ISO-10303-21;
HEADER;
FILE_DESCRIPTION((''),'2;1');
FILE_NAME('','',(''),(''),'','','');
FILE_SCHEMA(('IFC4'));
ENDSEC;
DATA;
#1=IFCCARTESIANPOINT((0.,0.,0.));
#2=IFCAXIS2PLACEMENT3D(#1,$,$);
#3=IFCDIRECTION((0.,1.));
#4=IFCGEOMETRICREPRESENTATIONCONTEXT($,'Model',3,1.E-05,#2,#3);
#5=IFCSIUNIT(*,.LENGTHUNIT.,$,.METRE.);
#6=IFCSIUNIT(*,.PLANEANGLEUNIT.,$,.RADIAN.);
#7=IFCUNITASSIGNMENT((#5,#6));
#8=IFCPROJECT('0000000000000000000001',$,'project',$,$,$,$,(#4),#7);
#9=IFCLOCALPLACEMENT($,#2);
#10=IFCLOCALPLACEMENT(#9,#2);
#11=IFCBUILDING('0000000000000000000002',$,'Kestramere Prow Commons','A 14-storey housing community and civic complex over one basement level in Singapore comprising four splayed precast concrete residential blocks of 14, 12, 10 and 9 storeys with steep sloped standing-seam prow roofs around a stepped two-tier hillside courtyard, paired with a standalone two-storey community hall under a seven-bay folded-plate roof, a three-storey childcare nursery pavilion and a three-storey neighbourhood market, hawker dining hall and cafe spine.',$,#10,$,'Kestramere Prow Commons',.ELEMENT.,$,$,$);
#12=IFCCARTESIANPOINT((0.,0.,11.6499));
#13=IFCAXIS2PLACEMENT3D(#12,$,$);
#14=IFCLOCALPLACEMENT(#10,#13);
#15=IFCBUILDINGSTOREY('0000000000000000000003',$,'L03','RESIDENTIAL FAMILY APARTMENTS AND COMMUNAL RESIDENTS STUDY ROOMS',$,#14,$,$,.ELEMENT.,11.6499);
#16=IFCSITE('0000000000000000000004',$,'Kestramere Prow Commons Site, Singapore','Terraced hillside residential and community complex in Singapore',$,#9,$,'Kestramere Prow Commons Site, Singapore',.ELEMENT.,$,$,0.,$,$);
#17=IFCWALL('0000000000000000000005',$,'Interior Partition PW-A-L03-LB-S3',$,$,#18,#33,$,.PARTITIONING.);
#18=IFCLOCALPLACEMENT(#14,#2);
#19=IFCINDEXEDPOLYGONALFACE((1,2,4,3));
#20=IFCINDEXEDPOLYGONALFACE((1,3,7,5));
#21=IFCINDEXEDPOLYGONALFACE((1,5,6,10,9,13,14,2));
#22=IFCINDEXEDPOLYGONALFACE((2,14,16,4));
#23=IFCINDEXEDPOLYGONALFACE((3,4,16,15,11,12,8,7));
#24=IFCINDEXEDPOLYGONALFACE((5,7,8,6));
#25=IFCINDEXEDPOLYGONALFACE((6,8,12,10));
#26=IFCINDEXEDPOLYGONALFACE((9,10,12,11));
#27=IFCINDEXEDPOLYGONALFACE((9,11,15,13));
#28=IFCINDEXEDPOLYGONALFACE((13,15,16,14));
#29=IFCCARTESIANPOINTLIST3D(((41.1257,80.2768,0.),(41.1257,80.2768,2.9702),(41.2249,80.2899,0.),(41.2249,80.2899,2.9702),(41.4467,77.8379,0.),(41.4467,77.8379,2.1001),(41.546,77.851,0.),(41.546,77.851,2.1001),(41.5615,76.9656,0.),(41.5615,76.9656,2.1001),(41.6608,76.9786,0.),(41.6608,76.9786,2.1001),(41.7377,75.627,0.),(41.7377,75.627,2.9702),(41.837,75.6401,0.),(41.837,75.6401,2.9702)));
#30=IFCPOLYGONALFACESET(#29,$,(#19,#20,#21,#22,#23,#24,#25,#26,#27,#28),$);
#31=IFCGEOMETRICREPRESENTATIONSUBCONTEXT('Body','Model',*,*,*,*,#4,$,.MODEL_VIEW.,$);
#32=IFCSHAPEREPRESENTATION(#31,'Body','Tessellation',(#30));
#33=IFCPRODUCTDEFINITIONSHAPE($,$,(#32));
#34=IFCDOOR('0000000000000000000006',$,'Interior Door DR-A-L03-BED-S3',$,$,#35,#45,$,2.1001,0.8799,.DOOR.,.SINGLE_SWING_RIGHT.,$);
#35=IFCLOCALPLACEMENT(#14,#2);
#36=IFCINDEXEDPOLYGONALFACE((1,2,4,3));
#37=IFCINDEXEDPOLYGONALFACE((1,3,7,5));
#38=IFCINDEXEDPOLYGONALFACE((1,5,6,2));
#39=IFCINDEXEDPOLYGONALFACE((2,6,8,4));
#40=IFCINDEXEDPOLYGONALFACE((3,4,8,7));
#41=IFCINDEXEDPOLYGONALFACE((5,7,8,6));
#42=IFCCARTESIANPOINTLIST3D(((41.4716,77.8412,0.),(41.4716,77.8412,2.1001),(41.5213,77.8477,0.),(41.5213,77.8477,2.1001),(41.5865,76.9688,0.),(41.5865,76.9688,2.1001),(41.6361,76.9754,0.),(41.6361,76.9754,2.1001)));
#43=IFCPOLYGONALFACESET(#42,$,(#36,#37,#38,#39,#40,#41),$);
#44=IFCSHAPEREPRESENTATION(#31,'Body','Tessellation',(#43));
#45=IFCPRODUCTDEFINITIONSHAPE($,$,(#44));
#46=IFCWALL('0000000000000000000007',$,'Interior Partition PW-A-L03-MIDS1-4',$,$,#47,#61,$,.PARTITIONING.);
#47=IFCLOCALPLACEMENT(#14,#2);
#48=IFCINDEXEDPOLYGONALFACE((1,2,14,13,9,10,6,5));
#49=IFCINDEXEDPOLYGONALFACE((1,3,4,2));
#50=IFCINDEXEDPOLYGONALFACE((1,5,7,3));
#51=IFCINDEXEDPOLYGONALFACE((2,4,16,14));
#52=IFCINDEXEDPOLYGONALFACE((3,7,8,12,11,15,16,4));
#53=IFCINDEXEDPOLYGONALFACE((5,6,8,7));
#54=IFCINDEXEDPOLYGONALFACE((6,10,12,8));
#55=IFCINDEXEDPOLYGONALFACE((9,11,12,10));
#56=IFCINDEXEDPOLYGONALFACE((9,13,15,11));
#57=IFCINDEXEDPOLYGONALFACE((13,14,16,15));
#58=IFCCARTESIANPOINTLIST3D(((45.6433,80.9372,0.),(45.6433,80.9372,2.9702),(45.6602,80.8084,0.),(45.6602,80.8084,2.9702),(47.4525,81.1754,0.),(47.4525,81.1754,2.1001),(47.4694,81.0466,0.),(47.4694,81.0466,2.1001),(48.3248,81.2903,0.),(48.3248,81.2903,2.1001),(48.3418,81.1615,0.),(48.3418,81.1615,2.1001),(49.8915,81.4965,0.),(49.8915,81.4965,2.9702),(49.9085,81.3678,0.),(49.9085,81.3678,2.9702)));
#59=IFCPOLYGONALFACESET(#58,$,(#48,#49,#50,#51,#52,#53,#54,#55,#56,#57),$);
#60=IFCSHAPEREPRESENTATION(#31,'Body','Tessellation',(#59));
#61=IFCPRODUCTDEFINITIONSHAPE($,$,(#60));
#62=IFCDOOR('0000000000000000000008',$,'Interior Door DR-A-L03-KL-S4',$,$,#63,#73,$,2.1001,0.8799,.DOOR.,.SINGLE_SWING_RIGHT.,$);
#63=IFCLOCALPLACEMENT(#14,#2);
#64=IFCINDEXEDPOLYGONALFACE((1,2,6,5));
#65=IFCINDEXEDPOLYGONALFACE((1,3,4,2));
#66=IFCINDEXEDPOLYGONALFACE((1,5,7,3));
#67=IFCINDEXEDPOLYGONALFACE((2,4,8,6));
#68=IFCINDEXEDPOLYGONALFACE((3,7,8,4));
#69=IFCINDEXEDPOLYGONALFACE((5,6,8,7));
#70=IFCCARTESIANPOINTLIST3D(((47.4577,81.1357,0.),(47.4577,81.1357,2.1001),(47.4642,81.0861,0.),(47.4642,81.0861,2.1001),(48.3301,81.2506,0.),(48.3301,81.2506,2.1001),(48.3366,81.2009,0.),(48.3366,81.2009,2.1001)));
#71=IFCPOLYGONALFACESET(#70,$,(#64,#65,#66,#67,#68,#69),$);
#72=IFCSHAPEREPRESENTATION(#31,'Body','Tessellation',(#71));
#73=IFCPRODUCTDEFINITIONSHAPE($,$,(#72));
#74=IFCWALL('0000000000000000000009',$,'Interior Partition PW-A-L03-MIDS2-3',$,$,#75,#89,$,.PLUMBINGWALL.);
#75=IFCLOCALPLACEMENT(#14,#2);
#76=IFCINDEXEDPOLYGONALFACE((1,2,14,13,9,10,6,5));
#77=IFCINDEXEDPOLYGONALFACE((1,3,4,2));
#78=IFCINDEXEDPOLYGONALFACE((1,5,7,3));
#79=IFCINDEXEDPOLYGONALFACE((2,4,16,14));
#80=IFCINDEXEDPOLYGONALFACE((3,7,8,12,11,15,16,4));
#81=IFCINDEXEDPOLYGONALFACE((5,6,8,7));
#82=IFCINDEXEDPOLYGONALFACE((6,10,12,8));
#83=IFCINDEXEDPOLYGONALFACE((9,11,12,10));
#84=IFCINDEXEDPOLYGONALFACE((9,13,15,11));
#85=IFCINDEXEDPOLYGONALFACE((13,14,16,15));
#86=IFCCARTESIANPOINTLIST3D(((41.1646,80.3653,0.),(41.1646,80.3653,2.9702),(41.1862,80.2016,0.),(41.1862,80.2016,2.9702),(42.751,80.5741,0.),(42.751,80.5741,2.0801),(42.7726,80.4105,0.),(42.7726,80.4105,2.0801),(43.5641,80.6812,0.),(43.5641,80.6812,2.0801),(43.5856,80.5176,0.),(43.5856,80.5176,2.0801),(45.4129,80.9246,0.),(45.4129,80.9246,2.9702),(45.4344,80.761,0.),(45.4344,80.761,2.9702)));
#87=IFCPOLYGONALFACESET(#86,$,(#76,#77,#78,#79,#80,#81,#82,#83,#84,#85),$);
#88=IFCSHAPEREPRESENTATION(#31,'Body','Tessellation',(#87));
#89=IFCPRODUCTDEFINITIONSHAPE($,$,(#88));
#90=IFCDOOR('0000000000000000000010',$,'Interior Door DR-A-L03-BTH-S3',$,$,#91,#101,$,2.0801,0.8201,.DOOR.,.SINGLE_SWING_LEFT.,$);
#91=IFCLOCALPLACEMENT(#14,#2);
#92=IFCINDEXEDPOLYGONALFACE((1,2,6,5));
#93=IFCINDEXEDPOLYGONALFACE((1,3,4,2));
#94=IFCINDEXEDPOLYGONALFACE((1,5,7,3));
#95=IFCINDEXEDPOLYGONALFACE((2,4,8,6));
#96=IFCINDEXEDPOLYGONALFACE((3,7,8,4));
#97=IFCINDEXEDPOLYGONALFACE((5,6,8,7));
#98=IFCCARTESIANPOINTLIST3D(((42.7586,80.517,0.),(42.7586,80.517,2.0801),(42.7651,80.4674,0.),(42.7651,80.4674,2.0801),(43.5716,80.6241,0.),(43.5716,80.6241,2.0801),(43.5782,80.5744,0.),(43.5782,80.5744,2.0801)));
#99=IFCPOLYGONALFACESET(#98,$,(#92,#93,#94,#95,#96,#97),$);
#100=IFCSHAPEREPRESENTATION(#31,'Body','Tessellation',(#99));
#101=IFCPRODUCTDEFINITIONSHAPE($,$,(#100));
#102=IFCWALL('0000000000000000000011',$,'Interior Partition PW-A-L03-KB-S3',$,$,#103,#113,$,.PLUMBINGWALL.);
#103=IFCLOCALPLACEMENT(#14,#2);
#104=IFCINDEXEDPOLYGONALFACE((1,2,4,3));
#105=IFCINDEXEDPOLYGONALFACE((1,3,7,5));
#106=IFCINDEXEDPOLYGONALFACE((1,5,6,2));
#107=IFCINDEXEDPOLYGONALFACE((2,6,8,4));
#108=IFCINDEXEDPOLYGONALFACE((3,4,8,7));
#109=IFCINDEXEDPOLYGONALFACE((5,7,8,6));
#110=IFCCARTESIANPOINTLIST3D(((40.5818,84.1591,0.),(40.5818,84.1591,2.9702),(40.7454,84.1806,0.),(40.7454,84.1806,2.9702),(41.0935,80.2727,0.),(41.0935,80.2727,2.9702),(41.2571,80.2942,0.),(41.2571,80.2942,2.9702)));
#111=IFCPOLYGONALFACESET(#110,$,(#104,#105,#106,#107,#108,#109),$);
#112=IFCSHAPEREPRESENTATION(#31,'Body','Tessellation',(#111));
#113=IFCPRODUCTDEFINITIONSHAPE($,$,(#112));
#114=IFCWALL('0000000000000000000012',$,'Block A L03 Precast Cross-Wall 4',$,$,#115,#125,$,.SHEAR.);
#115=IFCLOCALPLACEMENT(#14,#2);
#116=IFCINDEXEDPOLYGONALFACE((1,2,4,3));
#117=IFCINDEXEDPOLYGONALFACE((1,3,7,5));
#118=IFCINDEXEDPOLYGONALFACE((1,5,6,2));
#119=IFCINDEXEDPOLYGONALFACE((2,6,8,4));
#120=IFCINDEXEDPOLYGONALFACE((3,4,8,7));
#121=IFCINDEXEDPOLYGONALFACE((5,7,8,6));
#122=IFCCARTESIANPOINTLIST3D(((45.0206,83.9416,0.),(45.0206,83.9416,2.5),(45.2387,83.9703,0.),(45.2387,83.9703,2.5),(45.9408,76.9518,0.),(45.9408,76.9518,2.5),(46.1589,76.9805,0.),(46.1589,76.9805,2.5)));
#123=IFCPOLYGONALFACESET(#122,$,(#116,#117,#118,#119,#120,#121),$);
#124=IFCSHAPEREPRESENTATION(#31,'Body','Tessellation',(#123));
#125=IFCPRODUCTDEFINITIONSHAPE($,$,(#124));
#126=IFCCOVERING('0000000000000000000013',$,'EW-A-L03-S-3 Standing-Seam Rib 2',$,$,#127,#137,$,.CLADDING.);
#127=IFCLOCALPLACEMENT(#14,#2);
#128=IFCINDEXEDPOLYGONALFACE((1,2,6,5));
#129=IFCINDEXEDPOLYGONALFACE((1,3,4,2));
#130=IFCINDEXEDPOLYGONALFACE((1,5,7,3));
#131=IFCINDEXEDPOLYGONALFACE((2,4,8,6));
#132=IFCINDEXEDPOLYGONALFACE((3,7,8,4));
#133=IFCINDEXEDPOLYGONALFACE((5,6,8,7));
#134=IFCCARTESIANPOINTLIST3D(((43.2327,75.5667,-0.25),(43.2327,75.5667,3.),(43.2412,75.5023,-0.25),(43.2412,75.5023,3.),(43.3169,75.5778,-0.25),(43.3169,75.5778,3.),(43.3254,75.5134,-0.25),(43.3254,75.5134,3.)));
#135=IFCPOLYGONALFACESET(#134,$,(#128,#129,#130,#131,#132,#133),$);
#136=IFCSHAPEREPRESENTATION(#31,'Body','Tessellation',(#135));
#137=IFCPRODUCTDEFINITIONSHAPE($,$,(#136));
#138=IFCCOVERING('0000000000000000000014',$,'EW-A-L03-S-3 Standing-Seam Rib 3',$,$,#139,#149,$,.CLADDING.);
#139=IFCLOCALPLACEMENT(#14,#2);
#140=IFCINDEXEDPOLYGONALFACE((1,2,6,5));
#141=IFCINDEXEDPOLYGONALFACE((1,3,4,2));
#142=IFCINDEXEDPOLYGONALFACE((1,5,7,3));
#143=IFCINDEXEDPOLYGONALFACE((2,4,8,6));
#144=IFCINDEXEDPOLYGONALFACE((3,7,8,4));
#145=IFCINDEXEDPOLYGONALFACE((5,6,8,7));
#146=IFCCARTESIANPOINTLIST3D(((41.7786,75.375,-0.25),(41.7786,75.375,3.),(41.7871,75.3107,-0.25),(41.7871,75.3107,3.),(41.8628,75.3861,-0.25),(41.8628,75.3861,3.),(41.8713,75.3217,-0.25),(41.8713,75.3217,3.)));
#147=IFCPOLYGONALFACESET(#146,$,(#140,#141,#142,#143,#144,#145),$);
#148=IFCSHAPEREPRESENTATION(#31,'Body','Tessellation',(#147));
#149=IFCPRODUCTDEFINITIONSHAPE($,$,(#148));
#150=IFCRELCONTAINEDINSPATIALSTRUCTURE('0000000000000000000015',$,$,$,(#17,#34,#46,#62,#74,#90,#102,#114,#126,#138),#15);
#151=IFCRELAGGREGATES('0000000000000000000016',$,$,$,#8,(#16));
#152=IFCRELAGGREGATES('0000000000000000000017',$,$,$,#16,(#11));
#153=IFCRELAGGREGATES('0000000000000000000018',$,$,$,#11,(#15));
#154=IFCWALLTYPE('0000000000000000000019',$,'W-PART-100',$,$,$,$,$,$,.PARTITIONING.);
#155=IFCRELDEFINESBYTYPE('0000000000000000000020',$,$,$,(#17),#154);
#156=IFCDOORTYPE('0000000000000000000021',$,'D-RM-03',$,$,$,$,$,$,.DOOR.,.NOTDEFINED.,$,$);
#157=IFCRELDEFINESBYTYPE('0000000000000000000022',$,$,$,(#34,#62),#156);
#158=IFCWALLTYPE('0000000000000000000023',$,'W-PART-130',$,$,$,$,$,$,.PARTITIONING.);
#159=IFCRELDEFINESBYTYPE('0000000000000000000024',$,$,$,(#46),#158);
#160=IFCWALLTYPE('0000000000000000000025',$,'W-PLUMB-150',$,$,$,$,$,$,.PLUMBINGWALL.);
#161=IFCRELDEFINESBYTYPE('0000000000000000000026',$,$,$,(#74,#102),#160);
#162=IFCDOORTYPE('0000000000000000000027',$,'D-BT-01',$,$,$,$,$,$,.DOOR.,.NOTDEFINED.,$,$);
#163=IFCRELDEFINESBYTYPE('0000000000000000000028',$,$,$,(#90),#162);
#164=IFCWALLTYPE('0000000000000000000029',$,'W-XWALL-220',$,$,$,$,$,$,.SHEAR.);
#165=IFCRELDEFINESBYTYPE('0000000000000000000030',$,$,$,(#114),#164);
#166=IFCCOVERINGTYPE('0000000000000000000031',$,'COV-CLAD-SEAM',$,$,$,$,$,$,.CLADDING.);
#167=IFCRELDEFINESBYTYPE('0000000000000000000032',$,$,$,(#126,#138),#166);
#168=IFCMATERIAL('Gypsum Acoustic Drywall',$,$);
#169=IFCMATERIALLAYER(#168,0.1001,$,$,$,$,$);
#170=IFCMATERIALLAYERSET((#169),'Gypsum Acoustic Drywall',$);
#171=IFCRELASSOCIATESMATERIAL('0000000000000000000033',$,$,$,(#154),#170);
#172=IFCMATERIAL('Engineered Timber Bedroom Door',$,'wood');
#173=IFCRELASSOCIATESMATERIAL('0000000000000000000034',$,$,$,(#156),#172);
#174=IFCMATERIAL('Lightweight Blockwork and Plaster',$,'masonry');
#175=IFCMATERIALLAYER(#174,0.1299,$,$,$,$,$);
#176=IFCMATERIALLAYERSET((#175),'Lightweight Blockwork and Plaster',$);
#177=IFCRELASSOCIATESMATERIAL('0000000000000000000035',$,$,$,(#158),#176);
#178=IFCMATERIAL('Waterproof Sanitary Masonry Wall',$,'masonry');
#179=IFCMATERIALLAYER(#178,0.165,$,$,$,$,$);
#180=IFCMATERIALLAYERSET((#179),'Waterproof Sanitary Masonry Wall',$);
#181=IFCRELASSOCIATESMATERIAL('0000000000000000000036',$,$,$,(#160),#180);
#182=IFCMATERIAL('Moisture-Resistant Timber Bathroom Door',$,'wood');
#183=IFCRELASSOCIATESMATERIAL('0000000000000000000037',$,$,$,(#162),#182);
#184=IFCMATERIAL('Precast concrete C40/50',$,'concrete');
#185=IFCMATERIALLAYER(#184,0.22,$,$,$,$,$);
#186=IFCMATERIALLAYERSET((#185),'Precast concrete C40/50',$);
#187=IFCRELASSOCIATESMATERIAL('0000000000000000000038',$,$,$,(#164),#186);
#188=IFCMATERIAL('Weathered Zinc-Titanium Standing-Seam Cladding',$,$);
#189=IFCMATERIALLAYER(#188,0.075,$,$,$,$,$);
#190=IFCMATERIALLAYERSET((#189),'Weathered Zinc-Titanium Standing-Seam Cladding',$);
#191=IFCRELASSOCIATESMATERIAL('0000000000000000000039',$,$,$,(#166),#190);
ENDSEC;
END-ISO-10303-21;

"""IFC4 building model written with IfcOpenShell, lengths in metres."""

from ifc_helpers import new_model, si_unit, direction, frame, frame_2d, origin, origin_2d, place, context, subcontext, project, spatial, rectangle, extrude, material, layer, layer_set, type_object, element, fill, save


model = new_model("IFC4")

# Units and contexts
model_context = context("Model", 3, precision=1e-05, world=origin(), true_north=direction((0.0, 1.0)))
body_context = subcontext(model_context, "Body", "Model", "MODEL_VIEW")
ifc_project = project(units=[si_unit("LENGTHUNIT", "METRE"), si_unit("PLANEANGLEUNIT", "RADIAN")], contexts=[model_context])

# Site, building, storey
site_placement = place(None, origin())
site = spatial("IfcSite", under=ifc_project, at=site_placement, Name="Kestramere Prow Commons Site, Singapore", Description="Terraced hillside residential and community complex in Singapore", LongName="Kestramere Prow Commons Site, Singapore", CompositionType="ELEMENT", RefElevation=0.0)
building_placement = place(site_placement, origin())
building = spatial("IfcBuilding", under=site, at=building_placement, Name="Kestramere Prow Commons", Description="A 14-storey housing community and civic complex over one basement level in Singapore comprising four splayed precast concrete residential blocks of 14, 12, 10 and 9 storeys with steep sloped standing-seam prow roofs around a stepped two-tier hillside courtyard, paired with a standalone two-storey community hall under a seven-bay folded-plate roof, a three-storey childcare nursery pavilion and a three-storey neighbourhood market, hawker dining hall and cafe spine.", LongName="Kestramere Prow Commons", CompositionType="ELEMENT")
storey_placement = place(building_placement, frame((0.0, 0.0, 11.6499)))
storey = spatial("IfcBuildingStorey", under=building, at=storey_placement, Name="L03", Description="RESIDENTIAL FAMILY APARTMENTS AND COMMUNAL RESIDENTS STUDY ROOMS", CompositionType="ELEMENT", Elevation=11.6499)

# Shared definitions
ifc_material_1 = material(Name="Precast concrete C40/50", Category="concrete")

# Walls, openings, doors
ifc_material_2 = material(Name="Gypsum Acoustic Drywall")
ifc_layer_1 = layer(ifc_material_2, 0.1001)
ifc_layer_set_1 = layer_set([ifc_layer_1], Name="Gypsum Acoustic Drywall")
wall_type_1 = type_object("IfcWallType", Name="W-PART-100", PredefinedType="PARTITIONING", material=ifc_layer_set_1)
wall_1_placement = place(storey_placement, frame((41.7874, 75.6335, 0.0), z_axis=(0.0, 0.0, 1.0), x_axis=(-0.130503, 0.991448, 0.0)))
wall_1 = element("IfcWall", 1, at=wall_1_placement, inside=storey, type_object=wall_type_1, Name="Interior Partition PW-A-L03-LB-S3", PredefinedType="PARTITIONING", context=body_context, shape_type="SweptSolid", body=[
    extrude(rectangle(XDim=4.6899, YDim=0.1001, at=frame_2d((2.345, 0.0))), origin(), (0.0, 0.0, 1.0), 2.9702),
])
opening_1_placement = place(wall_1_placement, frame((1.3501, 0.0, 0.0)))
opening_1 = element("IfcOpeningElement", 2, at=opening_1_placement, cuts=wall_1, PredefinedType="OPENING", context=body_context, shape_type="SweptSolid", body=[
    extrude(rectangle(XDim=0.8799, YDim=2.1001, at=frame_2d((0.4399, 1.05))), frame((0.0, 0.0649, 0.0), z_axis=(0.0, -1.0, 0.0), x_axis=(1.0, 0.0, 0.0)), (0.0, 0.0, 1.0), 0.1301),
])
ifc_material_3 = material(Name="Engineered Timber Bedroom Door", Category="wood")
door_type_1 = type_object("IfcDoorType", Name="D-RM-03", OperationType="NOTDEFINED", PredefinedType="DOOR", material=ifc_material_3)
door_1_placement = place(opening_1_placement, origin())
door_1 = element("IfcDoor", 3, at=door_1_placement, inside=storey, type_object=door_type_1, Name="Interior Door DR-A-L03-BED-S3", OperationType="SINGLE_SWING_RIGHT", OverallHeight=2.1001, OverallWidth=0.8799, PredefinedType="DOOR", context=body_context, shape_type="SweptSolid", body=[
    extrude(rectangle(XDim=0.8799, YDim=2.1001, at=frame_2d((0.4399, 1.05))), frame((0.0, 0.0249, 0.0), z_axis=(0.0, -1.0, 0.0), x_axis=(1.0, 0.0, 0.0)), (0.0, 0.0, 1.0), 0.05),
])
fill(opening_1, door_1)
ifc_material_4 = material(Name="Lightweight Blockwork and Plaster", Category="masonry")
ifc_layer_2 = layer(ifc_material_4, 0.1299)
ifc_layer_set_2 = layer_set([ifc_layer_2], Name="Lightweight Blockwork and Plaster")
wall_type_2 = type_object("IfcWallType", Name="W-PART-130", PredefinedType="PARTITIONING", material=ifc_layer_set_2)
wall_2_placement = place(storey_placement, frame((45.6516, 80.8728, 0.0), z_axis=(0.0, 0.0, 1.0), x_axis=(0.991444, 0.130533, 0.0)))
wall_2 = element("IfcWall", 4, at=wall_2_placement, inside=storey, type_object=wall_type_2, Name="Interior Partition PW-A-L03-MIDS1-4", PredefinedType="PARTITIONING", context=body_context, shape_type="SweptSolid", body=[
    extrude(rectangle(XDim=4.2849, YDim=0.1299, at=frame_2d((2.1426, 0.0))), origin(), (0.0, 0.0, 1.0), 2.9702),
])
opening_2_placement = place(wall_2_placement, frame((1.825, 0.0, 0.0)))
opening_2 = element("IfcOpeningElement", 5, at=opening_2_placement, cuts=wall_2, PredefinedType="OPENING", context=body_context, shape_type="SweptSolid", body=[
    extrude(rectangle(XDim=0.8799, YDim=2.1001, at=frame_2d((0.4399, 1.05))), frame((0.0, 0.0798, 0.0), z_axis=(0.0, -1.0, 0.0), x_axis=(1.0, 0.0, 0.0)), (0.0, 0.0, 1.0), 0.1599),
])
door_2_placement = place(opening_2_placement, origin())
door_2 = element("IfcDoor", 6, at=door_2_placement, inside=storey, type_object=door_type_1, Name="Interior Door DR-A-L03-KL-S4", OperationType="SINGLE_SWING_RIGHT", OverallHeight=2.1001, OverallWidth=0.8799, PredefinedType="DOOR", context=body_context, shape_type="SweptSolid", body=[
    extrude(rectangle(XDim=0.8799, YDim=2.1001, at=frame_2d((0.4399, 1.05))), frame((0.0, 0.0249, 0.0), z_axis=(0.0, -1.0, 0.0), x_axis=(1.0, 0.0, 0.0)), (0.0, 0.0, 1.0), 0.05),
])
fill(opening_2, door_2)
ifc_material_5 = material(Name="Waterproof Sanitary Masonry Wall", Category="masonry")
ifc_layer_3 = layer(ifc_material_5, 0.165)
ifc_layer_set_3 = layer_set([ifc_layer_3], Name="Waterproof Sanitary Masonry Wall")
wall_type_3 = type_object("IfcWallType", Name="W-PLUMB-150", PredefinedType="PLUMBINGWALL", material=ifc_layer_set_3)
wall_3_placement = place(storey_placement, frame((41.1753, 80.2834, 0.0), z_axis=(0.0, 0.0, 1.0), x_axis=(0.991444, 0.130533, 0.0)))
wall_3 = element("IfcWall", 7, at=wall_3_placement, inside=storey, type_object=wall_type_3, Name="Interior Partition PW-A-L03-MIDS2-3", PredefinedType="PLUMBINGWALL", context=body_context, shape_type="SweptSolid", body=[
    extrude(rectangle(XDim=4.2849, YDim=0.165, at=frame_2d((2.1426, 0.0))), origin(), (0.0, 0.0, 1.0), 2.9702),
])
opening_3_placement = place(wall_3_placement, frame((1.6001, 0.0, 0.0)))
opening_3 = element("IfcOpeningElement", 8, at=opening_3_placement, cuts=wall_3, PredefinedType="OPENING", context=body_context, shape_type="SweptSolid", body=[
    extrude(rectangle(XDim=0.8201, YDim=2.0801, at=frame_2d((0.4102, 1.04))), frame((0.0, 0.0974, 0.0), z_axis=(0.0, -1.0, 0.0), x_axis=(1.0, 0.0, 0.0)), (0.0, 0.0, 1.0), 0.1951),
])
ifc_material_6 = material(Name="Moisture-Resistant Timber Bathroom Door", Category="wood")
door_type_2 = type_object("IfcDoorType", Name="D-BT-01", OperationType="NOTDEFINED", PredefinedType="DOOR", material=ifc_material_6)
door_3_placement = place(opening_3_placement, origin())
door_3 = element("IfcDoor", 9, at=door_3_placement, inside=storey, type_object=door_type_2, Name="Interior Door DR-A-L03-BTH-S3", OperationType="SINGLE_SWING_LEFT", OverallHeight=2.0801, OverallWidth=0.8201, PredefinedType="DOOR", context=body_context, shape_type="SweptSolid", body=[
    extrude(rectangle(XDim=0.8201, YDim=2.0801, at=frame_2d((0.4102, 1.04))), frame((0.0, 0.0249, 0.0), z_axis=(0.0, -1.0, 0.0), x_axis=(1.0, 0.0, 0.0)), (0.0, 0.0, 1.0), 0.05),
])
fill(opening_3, door_3)

# Walls
wall_4_placement = place(storey_placement, frame((41.1753, 80.2834, 0.0), z_axis=(0.0, 0.0, 1.0), x_axis=(-0.13054, 0.991443, 0.0)))
element("IfcWall", 10, at=wall_4_placement, inside=storey, type_object=wall_type_3, Name="Interior Partition PW-A-L03-KB-S3", PredefinedType="PLUMBINGWALL", context=body_context, shape_type="SweptSolid", body=[
    extrude(rectangle(XDim=3.9199, YDim=0.165, at=frame_2d((1.96, 0.0))), origin(), (0.0, 0.0, 1.0), 2.9702),
])
ifc_layer_4 = layer(ifc_material_1, 0.22)
ifc_layer_set_4 = layer_set([ifc_layer_4], Name="Precast concrete C40/50")
wall_type_4 = type_object("IfcWallType", Name="W-XWALL-220", PredefinedType="SHEAR", material=ifc_layer_set_4)
wall_5_placement = place(storey_placement, frame((46.0498, 76.9663, 0.0), z_axis=(0.0, 0.0, 1.0), x_axis=(-0.130519, 0.991446, 0.0)))
element("IfcWall", 11, at=wall_5_placement, inside=storey, type_object=wall_type_4, Name="Block A L03 Precast Cross-Wall 4", PredefinedType="SHEAR", context=body_context, shape_type="SweptSolid", body=[
    extrude(rectangle(XDim=7.05, YDim=0.22, at=frame_2d((3.5249, 0.0))), origin(), (0.0, 0.0, 1.0), 2.5),
])

# Coverings
ifc_material_7 = material(Name="Weathered Zinc-Titanium Standing-Seam Cladding")
ifc_layer_5 = layer(ifc_material_7, 0.075)
ifc_layer_set_5 = layer_set([ifc_layer_5], Name="Weathered Zinc-Titanium Standing-Seam Cladding")
covering_type = type_object("IfcCoveringType", Name="COV-CLAD-SEAM", PredefinedType="CLADDING", material=ifc_layer_set_5)
for number, where, z_axis, x_axis, name in (
    (12, (43.2791, 75.54, -0.25), (0.0, 0.0, 1.0), (-0.991445, -0.130526, 0.0), "EW-A-L03-S-3 Standing-Seam Rib 2"),
    (13, (41.825, 75.3484, -0.25), (0.0, 0.0, 1.0), (-0.991445, -0.130526, 0.0), "EW-A-L03-S-3 Standing-Seam Rib 3"),
):
    element("IfcCovering", number, at=place(storey_placement, frame(where, z_axis=z_axis, x_axis=x_axis)), inside=storey, type_object=covering_type, Name=name, PredefinedType="CLADDING", context=body_context, shape_type="SweptSolid", body=[
        extrude(rectangle(XDim=0.085, YDim=0.0649, at=origin_2d()), origin(), (0.0, 0.0, 1.0), 3.25),
    ])

save(model, "model.ifc")
